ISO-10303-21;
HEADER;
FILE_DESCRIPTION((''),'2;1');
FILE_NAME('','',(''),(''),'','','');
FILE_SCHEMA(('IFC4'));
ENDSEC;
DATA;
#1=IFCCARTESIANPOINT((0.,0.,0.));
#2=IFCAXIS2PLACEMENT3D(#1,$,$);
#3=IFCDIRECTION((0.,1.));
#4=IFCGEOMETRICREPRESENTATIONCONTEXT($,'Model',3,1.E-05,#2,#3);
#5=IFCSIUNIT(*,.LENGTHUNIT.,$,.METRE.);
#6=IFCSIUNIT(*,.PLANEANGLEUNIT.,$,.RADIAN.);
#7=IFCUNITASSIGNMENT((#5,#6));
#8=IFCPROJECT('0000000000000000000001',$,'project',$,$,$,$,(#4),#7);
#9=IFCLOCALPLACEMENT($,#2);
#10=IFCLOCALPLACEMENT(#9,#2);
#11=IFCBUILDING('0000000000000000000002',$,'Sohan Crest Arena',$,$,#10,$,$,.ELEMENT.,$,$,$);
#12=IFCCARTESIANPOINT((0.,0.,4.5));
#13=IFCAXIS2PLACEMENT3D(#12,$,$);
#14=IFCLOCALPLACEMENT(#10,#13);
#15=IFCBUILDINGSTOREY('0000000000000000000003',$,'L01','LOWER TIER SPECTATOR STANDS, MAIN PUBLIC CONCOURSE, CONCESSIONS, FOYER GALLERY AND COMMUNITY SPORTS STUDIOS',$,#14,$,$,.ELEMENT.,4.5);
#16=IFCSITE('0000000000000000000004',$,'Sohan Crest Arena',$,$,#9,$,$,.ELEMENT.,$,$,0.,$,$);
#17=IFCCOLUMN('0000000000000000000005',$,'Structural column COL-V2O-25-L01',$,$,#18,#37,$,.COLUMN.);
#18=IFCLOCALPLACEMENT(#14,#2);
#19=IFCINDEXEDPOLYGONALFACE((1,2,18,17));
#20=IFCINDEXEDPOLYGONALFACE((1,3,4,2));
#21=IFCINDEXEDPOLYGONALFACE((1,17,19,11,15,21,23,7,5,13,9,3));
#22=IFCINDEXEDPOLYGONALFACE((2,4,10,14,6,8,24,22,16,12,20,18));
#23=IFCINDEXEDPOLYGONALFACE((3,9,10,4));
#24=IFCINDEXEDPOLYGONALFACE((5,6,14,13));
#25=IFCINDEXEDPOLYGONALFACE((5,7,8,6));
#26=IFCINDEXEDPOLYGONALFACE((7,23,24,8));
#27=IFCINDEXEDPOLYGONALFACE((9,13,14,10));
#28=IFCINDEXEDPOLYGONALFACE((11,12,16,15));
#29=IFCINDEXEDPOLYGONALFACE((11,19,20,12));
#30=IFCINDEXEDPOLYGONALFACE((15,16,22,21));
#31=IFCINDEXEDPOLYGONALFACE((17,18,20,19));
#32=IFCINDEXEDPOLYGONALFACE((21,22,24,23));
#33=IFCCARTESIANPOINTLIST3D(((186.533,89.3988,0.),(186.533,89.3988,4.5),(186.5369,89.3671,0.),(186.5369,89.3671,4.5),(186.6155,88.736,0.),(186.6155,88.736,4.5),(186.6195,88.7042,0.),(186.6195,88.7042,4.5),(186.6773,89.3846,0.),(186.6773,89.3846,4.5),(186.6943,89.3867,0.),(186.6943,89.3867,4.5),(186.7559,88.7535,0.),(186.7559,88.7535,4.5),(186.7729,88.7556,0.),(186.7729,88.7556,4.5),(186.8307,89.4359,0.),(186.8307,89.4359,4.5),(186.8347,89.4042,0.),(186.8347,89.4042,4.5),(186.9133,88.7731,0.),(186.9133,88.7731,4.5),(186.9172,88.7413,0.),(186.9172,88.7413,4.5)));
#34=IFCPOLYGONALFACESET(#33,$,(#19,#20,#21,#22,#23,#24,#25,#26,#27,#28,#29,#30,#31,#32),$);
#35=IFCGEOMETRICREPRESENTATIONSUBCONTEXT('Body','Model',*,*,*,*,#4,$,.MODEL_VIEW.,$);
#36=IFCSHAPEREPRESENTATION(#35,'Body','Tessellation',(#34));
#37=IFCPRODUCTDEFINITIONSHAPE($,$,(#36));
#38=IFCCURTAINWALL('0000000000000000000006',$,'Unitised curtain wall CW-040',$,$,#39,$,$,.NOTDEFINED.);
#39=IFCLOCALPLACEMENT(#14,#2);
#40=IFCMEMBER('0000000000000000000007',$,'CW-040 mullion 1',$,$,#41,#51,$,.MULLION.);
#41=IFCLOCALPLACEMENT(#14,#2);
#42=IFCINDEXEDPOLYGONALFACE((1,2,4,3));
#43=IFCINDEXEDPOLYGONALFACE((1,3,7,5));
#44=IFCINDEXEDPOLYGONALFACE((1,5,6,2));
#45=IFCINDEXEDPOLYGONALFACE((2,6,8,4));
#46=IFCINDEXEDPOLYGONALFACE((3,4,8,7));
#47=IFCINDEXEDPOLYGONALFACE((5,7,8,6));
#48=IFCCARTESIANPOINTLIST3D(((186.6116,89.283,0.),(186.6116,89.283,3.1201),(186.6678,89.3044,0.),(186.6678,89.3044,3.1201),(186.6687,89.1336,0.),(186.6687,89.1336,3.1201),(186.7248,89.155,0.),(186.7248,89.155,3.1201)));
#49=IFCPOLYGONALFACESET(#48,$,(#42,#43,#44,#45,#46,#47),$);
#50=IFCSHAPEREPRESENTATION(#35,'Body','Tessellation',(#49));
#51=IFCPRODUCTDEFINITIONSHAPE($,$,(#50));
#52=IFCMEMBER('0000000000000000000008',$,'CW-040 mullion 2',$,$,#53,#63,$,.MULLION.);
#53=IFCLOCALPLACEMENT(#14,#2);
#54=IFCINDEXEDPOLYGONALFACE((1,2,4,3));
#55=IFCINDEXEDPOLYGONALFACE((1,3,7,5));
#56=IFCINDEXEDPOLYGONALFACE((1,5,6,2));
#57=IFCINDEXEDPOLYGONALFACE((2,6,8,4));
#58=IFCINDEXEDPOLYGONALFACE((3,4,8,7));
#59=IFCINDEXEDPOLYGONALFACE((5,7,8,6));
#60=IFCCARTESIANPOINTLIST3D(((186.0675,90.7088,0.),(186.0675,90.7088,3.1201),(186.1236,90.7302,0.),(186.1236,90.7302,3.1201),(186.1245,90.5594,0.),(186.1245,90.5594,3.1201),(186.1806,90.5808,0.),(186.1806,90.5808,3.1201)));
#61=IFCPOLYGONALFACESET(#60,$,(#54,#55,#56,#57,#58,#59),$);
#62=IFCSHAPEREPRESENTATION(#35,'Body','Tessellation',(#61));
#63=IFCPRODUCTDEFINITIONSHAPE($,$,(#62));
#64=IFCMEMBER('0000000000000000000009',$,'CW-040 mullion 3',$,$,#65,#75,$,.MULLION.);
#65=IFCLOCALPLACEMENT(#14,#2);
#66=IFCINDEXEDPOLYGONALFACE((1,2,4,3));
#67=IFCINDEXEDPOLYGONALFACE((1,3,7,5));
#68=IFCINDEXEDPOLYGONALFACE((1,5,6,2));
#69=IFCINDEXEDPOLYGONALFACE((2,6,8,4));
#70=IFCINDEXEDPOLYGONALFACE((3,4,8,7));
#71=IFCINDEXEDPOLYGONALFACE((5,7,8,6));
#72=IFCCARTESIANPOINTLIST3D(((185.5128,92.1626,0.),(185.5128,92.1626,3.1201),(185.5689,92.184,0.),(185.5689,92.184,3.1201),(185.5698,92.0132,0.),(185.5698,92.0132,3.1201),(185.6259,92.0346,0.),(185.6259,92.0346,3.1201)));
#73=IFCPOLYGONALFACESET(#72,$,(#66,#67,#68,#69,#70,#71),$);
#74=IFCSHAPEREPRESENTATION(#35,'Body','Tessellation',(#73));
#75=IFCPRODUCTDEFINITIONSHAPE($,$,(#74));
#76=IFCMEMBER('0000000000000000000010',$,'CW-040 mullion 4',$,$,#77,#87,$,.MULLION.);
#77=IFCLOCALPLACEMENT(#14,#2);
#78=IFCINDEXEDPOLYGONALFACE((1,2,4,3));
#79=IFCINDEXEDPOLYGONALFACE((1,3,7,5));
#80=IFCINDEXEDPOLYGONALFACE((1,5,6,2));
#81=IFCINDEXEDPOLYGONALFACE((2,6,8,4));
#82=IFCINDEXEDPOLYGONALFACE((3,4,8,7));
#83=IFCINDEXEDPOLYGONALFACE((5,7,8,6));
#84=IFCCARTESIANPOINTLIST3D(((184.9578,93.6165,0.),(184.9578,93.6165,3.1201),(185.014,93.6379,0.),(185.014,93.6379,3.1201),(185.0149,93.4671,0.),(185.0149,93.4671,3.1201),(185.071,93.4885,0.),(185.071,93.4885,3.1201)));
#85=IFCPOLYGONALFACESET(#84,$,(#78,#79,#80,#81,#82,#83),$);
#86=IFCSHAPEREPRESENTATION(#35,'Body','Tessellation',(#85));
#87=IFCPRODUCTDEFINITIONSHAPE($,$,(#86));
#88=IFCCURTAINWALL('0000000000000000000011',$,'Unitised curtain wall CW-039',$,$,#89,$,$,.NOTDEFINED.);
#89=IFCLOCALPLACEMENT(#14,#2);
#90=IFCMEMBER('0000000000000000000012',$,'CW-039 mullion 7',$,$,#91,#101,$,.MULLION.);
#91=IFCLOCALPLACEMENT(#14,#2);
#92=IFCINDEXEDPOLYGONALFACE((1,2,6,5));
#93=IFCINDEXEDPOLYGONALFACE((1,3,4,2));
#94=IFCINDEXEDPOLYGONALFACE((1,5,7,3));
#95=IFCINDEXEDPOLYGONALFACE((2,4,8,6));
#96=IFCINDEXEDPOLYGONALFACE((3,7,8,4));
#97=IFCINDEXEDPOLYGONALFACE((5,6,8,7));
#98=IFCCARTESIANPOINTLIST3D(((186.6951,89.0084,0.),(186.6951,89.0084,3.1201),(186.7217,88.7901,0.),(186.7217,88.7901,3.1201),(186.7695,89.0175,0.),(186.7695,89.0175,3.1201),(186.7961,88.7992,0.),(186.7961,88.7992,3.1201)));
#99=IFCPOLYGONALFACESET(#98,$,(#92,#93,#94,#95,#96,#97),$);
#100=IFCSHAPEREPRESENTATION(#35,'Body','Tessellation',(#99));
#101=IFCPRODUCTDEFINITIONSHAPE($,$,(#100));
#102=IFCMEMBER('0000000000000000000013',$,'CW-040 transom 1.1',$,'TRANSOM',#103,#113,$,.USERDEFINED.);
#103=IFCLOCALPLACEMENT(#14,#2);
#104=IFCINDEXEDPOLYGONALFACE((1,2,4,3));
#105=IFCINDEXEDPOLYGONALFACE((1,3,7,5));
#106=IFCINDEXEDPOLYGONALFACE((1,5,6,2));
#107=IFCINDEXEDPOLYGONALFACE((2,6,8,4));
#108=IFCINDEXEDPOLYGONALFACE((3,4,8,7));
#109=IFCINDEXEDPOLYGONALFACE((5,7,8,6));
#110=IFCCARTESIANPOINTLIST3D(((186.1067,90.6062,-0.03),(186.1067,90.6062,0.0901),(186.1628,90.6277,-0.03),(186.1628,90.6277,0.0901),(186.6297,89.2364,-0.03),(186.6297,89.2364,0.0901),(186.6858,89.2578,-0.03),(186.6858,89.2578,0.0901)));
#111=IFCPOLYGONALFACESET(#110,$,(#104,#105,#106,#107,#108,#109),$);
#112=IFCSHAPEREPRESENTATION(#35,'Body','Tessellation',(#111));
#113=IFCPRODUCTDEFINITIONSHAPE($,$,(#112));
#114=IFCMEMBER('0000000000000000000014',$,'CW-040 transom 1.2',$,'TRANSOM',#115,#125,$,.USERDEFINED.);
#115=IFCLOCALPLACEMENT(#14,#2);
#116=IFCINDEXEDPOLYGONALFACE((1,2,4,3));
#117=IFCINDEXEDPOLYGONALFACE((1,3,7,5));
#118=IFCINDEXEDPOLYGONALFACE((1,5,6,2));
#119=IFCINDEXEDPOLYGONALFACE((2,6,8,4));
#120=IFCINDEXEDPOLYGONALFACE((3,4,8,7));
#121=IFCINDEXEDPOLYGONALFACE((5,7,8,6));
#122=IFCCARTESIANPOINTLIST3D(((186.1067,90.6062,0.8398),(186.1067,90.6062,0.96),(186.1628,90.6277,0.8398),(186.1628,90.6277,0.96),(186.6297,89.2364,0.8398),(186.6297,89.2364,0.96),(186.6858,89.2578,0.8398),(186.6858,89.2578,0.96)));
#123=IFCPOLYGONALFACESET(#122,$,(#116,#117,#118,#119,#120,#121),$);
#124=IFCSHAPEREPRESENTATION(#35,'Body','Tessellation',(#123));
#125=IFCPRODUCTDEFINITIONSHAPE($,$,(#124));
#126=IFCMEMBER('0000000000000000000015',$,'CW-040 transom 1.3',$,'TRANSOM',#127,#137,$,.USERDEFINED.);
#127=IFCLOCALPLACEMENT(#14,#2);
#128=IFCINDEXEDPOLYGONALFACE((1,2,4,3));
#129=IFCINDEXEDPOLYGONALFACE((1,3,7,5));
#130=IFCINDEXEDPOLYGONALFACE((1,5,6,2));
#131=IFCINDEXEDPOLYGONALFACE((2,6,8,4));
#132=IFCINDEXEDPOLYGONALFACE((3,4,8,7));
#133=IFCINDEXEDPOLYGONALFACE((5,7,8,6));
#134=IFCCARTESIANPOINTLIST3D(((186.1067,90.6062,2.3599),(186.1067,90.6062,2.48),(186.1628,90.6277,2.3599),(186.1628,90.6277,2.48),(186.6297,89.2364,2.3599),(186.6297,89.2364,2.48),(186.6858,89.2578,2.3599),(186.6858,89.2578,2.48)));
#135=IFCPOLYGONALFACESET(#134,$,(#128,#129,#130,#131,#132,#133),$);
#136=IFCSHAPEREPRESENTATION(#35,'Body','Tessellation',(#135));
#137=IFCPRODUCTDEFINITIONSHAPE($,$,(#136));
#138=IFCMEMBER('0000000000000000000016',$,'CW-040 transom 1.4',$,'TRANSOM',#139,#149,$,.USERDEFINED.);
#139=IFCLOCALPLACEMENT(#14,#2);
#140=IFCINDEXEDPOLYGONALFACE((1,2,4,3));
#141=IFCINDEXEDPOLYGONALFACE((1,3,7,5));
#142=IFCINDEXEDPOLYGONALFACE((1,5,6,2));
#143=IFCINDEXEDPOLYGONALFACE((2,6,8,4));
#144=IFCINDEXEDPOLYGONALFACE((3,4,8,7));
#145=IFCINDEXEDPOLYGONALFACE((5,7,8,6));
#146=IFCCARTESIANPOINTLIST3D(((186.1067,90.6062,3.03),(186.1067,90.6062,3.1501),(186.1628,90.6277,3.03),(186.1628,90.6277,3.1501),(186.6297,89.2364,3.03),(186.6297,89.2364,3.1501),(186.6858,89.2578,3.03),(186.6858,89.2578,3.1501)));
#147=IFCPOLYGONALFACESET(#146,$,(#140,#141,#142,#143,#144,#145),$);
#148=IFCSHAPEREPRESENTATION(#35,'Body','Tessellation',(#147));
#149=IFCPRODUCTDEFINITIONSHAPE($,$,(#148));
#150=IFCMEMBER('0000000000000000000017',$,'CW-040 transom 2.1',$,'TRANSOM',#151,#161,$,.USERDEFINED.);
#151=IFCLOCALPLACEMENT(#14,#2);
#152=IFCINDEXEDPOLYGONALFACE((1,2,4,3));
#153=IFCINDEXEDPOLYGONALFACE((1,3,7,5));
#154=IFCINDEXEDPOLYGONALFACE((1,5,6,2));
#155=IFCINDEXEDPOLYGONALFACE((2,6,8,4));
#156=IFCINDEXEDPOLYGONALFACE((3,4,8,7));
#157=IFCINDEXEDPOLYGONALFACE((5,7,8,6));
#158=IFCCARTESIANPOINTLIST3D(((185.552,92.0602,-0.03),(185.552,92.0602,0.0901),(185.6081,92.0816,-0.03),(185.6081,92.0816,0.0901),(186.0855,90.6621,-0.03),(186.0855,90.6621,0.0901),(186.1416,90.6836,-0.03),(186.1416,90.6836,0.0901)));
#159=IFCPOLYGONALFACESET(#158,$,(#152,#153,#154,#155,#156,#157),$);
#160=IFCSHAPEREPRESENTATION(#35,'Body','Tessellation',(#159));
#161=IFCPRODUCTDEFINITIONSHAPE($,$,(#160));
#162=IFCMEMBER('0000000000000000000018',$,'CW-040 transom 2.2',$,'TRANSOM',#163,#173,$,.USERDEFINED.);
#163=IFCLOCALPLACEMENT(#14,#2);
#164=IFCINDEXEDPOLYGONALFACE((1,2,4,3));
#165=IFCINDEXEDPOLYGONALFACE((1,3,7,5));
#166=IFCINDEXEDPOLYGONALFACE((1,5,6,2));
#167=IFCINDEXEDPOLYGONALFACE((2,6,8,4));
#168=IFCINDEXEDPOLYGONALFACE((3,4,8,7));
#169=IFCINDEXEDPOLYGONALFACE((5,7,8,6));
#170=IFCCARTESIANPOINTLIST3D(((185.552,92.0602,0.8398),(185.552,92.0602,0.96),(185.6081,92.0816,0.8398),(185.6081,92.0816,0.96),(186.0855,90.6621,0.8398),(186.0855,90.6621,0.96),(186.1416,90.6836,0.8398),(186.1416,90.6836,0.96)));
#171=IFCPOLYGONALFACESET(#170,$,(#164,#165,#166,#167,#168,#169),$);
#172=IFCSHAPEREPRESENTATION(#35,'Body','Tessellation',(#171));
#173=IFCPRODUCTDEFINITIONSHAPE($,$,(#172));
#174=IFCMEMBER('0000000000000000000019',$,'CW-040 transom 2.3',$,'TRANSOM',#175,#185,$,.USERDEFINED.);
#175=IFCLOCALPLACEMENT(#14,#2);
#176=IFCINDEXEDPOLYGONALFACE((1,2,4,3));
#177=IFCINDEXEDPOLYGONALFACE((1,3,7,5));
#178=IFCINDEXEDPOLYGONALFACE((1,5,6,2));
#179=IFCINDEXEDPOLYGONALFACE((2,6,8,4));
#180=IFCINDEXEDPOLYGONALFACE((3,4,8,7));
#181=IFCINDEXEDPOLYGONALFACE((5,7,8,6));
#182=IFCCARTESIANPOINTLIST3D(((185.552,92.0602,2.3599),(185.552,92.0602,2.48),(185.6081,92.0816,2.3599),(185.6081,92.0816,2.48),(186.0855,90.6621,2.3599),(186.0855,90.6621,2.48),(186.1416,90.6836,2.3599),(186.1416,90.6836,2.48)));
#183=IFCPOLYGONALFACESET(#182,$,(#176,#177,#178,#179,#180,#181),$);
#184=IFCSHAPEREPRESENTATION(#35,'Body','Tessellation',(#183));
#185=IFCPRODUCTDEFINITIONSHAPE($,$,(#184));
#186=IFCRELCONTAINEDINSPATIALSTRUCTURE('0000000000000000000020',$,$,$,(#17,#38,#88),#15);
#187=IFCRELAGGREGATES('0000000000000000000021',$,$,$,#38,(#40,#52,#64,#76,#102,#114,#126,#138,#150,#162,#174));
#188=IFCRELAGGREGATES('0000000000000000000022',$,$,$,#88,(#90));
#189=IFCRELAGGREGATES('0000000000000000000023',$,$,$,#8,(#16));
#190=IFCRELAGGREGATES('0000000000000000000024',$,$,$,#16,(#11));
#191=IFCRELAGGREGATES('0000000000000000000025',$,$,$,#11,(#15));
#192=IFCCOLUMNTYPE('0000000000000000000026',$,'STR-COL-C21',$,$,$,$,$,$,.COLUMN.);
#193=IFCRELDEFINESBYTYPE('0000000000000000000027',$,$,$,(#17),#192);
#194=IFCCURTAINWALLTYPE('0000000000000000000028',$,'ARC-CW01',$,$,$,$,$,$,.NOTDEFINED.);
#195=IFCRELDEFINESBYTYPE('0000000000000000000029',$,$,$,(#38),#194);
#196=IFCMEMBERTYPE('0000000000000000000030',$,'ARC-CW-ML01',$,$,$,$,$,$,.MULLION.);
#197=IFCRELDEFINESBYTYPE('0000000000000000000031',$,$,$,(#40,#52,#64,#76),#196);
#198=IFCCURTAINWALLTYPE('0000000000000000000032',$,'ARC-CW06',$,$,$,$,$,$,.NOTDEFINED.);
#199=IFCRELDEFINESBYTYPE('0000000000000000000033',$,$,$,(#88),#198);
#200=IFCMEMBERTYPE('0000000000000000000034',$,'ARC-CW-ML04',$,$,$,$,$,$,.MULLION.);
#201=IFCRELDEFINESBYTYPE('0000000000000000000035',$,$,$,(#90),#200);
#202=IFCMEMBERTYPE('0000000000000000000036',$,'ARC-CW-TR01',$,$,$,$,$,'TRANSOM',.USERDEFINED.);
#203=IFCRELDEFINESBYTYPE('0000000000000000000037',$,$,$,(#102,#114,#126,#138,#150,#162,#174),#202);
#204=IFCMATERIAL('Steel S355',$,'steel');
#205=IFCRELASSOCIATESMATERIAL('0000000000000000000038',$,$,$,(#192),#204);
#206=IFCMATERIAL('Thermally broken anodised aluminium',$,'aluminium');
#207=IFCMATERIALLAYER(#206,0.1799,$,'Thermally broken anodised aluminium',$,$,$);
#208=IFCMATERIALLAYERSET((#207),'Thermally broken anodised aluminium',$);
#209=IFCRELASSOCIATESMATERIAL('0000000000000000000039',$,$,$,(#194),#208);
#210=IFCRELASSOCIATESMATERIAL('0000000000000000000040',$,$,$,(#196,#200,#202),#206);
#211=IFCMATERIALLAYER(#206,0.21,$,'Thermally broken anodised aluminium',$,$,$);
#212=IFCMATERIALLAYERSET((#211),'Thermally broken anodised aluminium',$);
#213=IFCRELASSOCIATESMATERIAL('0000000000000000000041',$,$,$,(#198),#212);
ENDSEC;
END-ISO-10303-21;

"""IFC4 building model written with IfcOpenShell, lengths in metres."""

from ifc_helpers import new_model, si_unit, direction, frame, origin, origin_2d, place, context, subcontext, project, spatial, rectangle, i_section, extrude, material, layer, layer_set, material_profile, profile_set, type_object, element, aggregate, save


model = new_model("IFC4")

# Units and contexts
model_context = context("Model", 3, precision=1e-05, world=origin(), true_north=direction((0.0, 1.0)))
body_context = subcontext(model_context, "Body", "Model", "MODEL_VIEW")
ifc_project = project(units=[si_unit("LENGTHUNIT", "METRE"), si_unit("PLANEANGLEUNIT", "RADIAN")], contexts=[model_context])

# Site, building, storey
site_placement = place(None, origin())
site = spatial("IfcSite", under=ifc_project, at=site_placement, Name="Sohan Crest Arena", CompositionType="ELEMENT", RefElevation=0.0)
building_placement = place(site_placement, origin())
building = spatial("IfcBuilding", under=site, at=building_placement, Name="Sohan Crest Arena", CompositionType="ELEMENT")
storey_placement = place(building_placement, frame((0.0, 0.0, 4.5)))
storey = spatial("IfcBuildingStorey", under=building, at=storey_placement, Name="L01", Description="LOWER TIER SPECTATOR STANDS, MAIN PUBLIC CONCOURSE, CONCESSIONS, FOYER GALLERY AND COMMUNITY SPORTS STUDIOS", CompositionType="ELEMENT", Elevation=4.5)

# Column
ifc_material_1 = material(Name="Steel S355", Category="steel")
ifc_material_profile_1 = material_profile(ifc_material_1, i_section(OverallWidth=0.3, OverallDepth=0.7, WebThickness=0.0171, FlangeThickness=0.032, at=origin_2d()), Name="HEB 700")
ifc_profile_set_1 = profile_set([ifc_material_profile_1], Name="Steel S355")
column_type = type_object("IfcColumnType", Name="STR-COL-C21", PredefinedType="COLUMN", material=ifc_profile_set_1)
column_placement = place(storey_placement, frame((186.7251, 89.0701, 0.0), z_axis=(0.0, 0.0, 1.0), x_axis=(0.992332, 0.123601, 0.0)))
element("IfcColumn", 1, at=column_placement, inside=storey, type_object=column_type, Name="Structural column COL-V2O-25-L01", PredefinedType="COLUMN", context=body_context, shape_type="SweptSolid", body=[
    extrude(i_section(OverallWidth=0.3, OverallDepth=0.7, WebThickness=0.0171, FlangeThickness=0.032, at=origin_2d()), origin(), (0.0, 0.0, 1.0), 4.5),
])

# Curtain wall, members
ifc_material_2 = material(Name="Thermally broken anodised aluminium", Category="aluminium")
ifc_layer_1 = layer(ifc_material_2, 0.1799, Name="Thermally broken anodised aluminium")
ifc_layer_set_1 = layer_set([ifc_layer_1], Name="Thermally broken anodised aluminium")
curtain_wall_type_1 = type_object("IfcCurtainWallType", Name="ARC-CW01", PredefinedType="NOTDEFINED", material=ifc_layer_set_1)
curtain_wall_1_placement = place(storey_placement, origin())
curtain_wall_1 = element("IfcCurtainWall", 2, at=curtain_wall_1_placement, inside=storey, type_object=curtain_wall_type_1, Name="Unitised curtain wall CW-040", PredefinedType="NOTDEFINED")
ifc_material_profile_2 = material_profile(ifc_material_2, rectangle(XDim=0.0601, YDim=0.1599, at=origin_2d()), Name="ALU-MULL 60x160")
ifc_profile_set_2 = profile_set([ifc_material_profile_2], Name="Thermally broken anodised aluminium")
member_type_1 = type_object("IfcMemberType", Name="ARC-CW-ML01", PredefinedType="MULLION", material=ifc_profile_set_2)
member_1_placement = place(storey_placement, frame((186.6682, 89.219, 0.0), z_axis=(0.0, 0.0, 1.0), x_axis=(-0.934272, -0.35656, 0.0)))
member_1 = element("IfcMember", 3, at=member_1_placement, type_object=member_type_1, Name="CW-040 mullion 1", PredefinedType="MULLION", context=body_context, shape_type="SweptSolid", body=[
    extrude(rectangle(XDim=0.0601, YDim=0.1599, at=origin_2d()), origin(), (0.0, 0.0, 1.0), 3.1201),
])
member_2_placement = place(storey_placement, frame((186.124, 90.6448, 0.0), z_axis=(0.0, 0.0, 1.0), x_axis=(-0.934272, -0.35656, 0.0)))
member_2 = element("IfcMember", 4, at=member_2_placement, type_object=member_type_1, Name="CW-040 mullion 2", PredefinedType="MULLION", context=body_context, shape_type="SweptSolid", body=[
    extrude(rectangle(XDim=0.0601, YDim=0.1599, at=origin_2d()), origin(), (0.0, 0.0, 1.0), 3.1201),
])
member_3_placement = place(storey_placement, frame((185.5693, 92.0986, 0.0), z_axis=(0.0, 0.0, 1.0), x_axis=(-0.934272, -0.35656, 0.0)))
member_3 = element("IfcMember", 5, at=member_3_placement, type_object=member_type_1, Name="CW-040 mullion 3", PredefinedType="MULLION", context=body_context, shape_type="SweptSolid", body=[
    extrude(rectangle(XDim=0.0601, YDim=0.1599, at=origin_2d()), origin(), (0.0, 0.0, 1.0), 3.1201),
])
member_4_placement = place(storey_placement, frame((185.0144, 93.5525, 0.0), z_axis=(0.0, 0.0, 1.0), x_axis=(-0.934272, -0.35656, 0.0)))
member_4 = element("IfcMember", 6, at=member_4_placement, type_object=member_type_1, Name="CW-040 mullion 4", PredefinedType="MULLION", context=body_context, shape_type="SweptSolid", body=[
    extrude(rectangle(XDim=0.0601, YDim=0.1599, at=origin_2d()), origin(), (0.0, 0.0, 1.0), 3.1201),
])

# Curtain wall, member
ifc_layer_2 = layer(ifc_material_2, 0.21, Name="Thermally broken anodised aluminium")
ifc_layer_set_2 = layer_set([ifc_layer_2], Name="Thermally broken anodised aluminium")
curtain_wall_type_2 = type_object("IfcCurtainWallType", Name="ARC-CW06", PredefinedType="NOTDEFINED", material=ifc_layer_set_2)
curtain_wall_2_placement = place(storey_placement, origin())
curtain_wall_2 = element("IfcCurtainWall", 7, at=curtain_wall_2_placement, inside=storey, type_object=curtain_wall_type_2, Name="Unitised curtain wall CW-039", PredefinedType="NOTDEFINED")
ifc_material_profile_3 = material_profile(ifc_material_2, rectangle(XDim=0.075, YDim=0.22, at=origin_2d()), Name="ALU-MULL 75x220")
ifc_profile_set_3 = profile_set([ifc_material_profile_3], Name="Thermally broken anodised aluminium")
member_type_2 = type_object("IfcMemberType", Name="ARC-CW-ML04", PredefinedType="MULLION", material=ifc_profile_set_3)
member_5_placement = place(storey_placement, frame((186.7456, 88.9038, 0.0), z_axis=(0.0, 0.0, 1.0), x_axis=(-0.99263, -0.121187, 0.0)))
member_5 = element("IfcMember", 8, at=member_5_placement, type_object=member_type_2, Name="CW-039 mullion 7", PredefinedType="MULLION", context=body_context, shape_type="SweptSolid", body=[
    extrude(rectangle(XDim=0.075, YDim=0.22, at=origin_2d()), origin(), (0.0, 0.0, 1.0), 3.1201),
])

# Members
ifc_material_profile_4 = material_profile(ifc_material_2, rectangle(XDim=0.0601, YDim=0.1201, at=origin_2d()), Name="ALU-TRAN 60x120")
ifc_profile_set_4 = profile_set([ifc_material_profile_4], Name="Thermally broken anodised aluminium")
member_type_3 = type_object("IfcMemberType", Name="ARC-CW-TR01", ElementType="TRANSOM", PredefinedType="USERDEFINED", material=ifc_profile_set_4)
member_6_placement = place(storey_placement, frame((186.6577, 89.2471, 0.03), z_axis=(-0.356646, 0.93424, 0.0), x_axis=(-0.93424, -0.356646, 0.0)))
member_6 = element("IfcMember", 9, at=member_6_placement, type_object=member_type_3, Name="CW-040 transom 1.1", ObjectType="TRANSOM", PredefinedType="USERDEFINED", context=body_context, shape_type="SweptSolid", body=[
    extrude(rectangle(XDim=0.0601, YDim=0.1201, at=origin_2d()), origin(), (0.0, 0.0, 1.0), 1.4663),
])
member_7_placement = place(storey_placement, frame((186.6577, 89.2471, 0.8999), z_axis=(-0.356646, 0.93424, 0.0), x_axis=(-0.93424, -0.356646, 0.0)))
member_7 = element("IfcMember", 10, at=member_7_placement, type_object=member_type_3, Name="CW-040 transom 1.2", ObjectType="TRANSOM", PredefinedType="USERDEFINED", context=body_context, shape_type="SweptSolid", body=[
    extrude(rectangle(XDim=0.0601, YDim=0.1201, at=origin_2d()), origin(), (0.0, 0.0, 1.0), 1.4663),
])
member_8_placement = place(storey_placement, frame((186.6577, 89.2471, 2.4199), z_axis=(-0.356646, 0.93424, 0.0), x_axis=(-0.93424, -0.356646, 0.0)))
member_8 = element("IfcMember", 11, at=member_8_placement, type_object=member_type_3, Name="CW-040 transom 1.3", ObjectType="TRANSOM", PredefinedType="USERDEFINED", context=body_context, shape_type="SweptSolid", body=[
    extrude(rectangle(XDim=0.0601, YDim=0.1201, at=origin_2d()), origin(), (0.0, 0.0, 1.0), 1.4663),
])
member_9_placement = place(storey_placement, frame((186.6577, 89.2471, 3.0901), z_axis=(-0.356646, 0.93424, 0.0), x_axis=(-0.93424, -0.356646, 0.0)))
member_9 = element("IfcMember", 12, at=member_9_placement, type_object=member_type_3, Name="CW-040 transom 1.4", ObjectType="TRANSOM", PredefinedType="USERDEFINED", context=body_context, shape_type="SweptSolid", body=[
    extrude(rectangle(XDim=0.0601, YDim=0.1201, at=origin_2d()), origin(), (0.0, 0.0, 1.0), 1.4663),
])
member_10_placement = place(storey_placement, frame((186.1135, 90.6729, 0.03), z_axis=(-0.356518, 0.934289, 0.0), x_axis=(-0.934289, -0.356518, 0.0)))
member_10 = element("IfcMember", 13, at=member_10_placement, type_object=member_type_3, Name="CW-040 transom 2.1", ObjectType="TRANSOM", PredefinedType="USERDEFINED", context=body_context, shape_type="SweptSolid", body=[
    extrude(rectangle(XDim=0.0601, YDim=0.1201, at=origin_2d()), origin(), (0.0, 0.0, 1.0), 1.4963),
])
member_11_placement = place(storey_placement, frame((186.1135, 90.6729, 0.8999), z_axis=(-0.356518, 0.934289, 0.0), x_axis=(-0.934289, -0.356518, 0.0)))
member_11 = element("IfcMember", 14, at=member_11_placement, type_object=member_type_3, Name="CW-040 transom 2.2", ObjectType="TRANSOM", PredefinedType="USERDEFINED", context=body_context, shape_type="SweptSolid", body=[
    extrude(rectangle(XDim=0.0601, YDim=0.1201, at=origin_2d()), origin(), (0.0, 0.0, 1.0), 1.4963),
])
member_12_placement = place(storey_placement, frame((186.1135, 90.6729, 2.4199), z_axis=(-0.356518, 0.934289, 0.0), x_axis=(-0.934289, -0.356518, 0.0)))
member_12 = element("IfcMember", 15, at=member_12_placement, type_object=member_type_3, Name="CW-040 transom 2.3", ObjectType="TRANSOM", PredefinedType="USERDEFINED", context=body_context, shape_type="SweptSolid", body=[
    extrude(rectangle(XDim=0.0601, YDim=0.1201, at=origin_2d()), origin(), (0.0, 0.0, 1.0), 1.4963),
])

aggregate(curtain_wall_1, [member_1, member_2, member_3, member_4, member_6, member_7, member_8, member_9, member_10, member_11, member_12])
aggregate(curtain_wall_2, [member_5])

save(model, "model.ifc")
